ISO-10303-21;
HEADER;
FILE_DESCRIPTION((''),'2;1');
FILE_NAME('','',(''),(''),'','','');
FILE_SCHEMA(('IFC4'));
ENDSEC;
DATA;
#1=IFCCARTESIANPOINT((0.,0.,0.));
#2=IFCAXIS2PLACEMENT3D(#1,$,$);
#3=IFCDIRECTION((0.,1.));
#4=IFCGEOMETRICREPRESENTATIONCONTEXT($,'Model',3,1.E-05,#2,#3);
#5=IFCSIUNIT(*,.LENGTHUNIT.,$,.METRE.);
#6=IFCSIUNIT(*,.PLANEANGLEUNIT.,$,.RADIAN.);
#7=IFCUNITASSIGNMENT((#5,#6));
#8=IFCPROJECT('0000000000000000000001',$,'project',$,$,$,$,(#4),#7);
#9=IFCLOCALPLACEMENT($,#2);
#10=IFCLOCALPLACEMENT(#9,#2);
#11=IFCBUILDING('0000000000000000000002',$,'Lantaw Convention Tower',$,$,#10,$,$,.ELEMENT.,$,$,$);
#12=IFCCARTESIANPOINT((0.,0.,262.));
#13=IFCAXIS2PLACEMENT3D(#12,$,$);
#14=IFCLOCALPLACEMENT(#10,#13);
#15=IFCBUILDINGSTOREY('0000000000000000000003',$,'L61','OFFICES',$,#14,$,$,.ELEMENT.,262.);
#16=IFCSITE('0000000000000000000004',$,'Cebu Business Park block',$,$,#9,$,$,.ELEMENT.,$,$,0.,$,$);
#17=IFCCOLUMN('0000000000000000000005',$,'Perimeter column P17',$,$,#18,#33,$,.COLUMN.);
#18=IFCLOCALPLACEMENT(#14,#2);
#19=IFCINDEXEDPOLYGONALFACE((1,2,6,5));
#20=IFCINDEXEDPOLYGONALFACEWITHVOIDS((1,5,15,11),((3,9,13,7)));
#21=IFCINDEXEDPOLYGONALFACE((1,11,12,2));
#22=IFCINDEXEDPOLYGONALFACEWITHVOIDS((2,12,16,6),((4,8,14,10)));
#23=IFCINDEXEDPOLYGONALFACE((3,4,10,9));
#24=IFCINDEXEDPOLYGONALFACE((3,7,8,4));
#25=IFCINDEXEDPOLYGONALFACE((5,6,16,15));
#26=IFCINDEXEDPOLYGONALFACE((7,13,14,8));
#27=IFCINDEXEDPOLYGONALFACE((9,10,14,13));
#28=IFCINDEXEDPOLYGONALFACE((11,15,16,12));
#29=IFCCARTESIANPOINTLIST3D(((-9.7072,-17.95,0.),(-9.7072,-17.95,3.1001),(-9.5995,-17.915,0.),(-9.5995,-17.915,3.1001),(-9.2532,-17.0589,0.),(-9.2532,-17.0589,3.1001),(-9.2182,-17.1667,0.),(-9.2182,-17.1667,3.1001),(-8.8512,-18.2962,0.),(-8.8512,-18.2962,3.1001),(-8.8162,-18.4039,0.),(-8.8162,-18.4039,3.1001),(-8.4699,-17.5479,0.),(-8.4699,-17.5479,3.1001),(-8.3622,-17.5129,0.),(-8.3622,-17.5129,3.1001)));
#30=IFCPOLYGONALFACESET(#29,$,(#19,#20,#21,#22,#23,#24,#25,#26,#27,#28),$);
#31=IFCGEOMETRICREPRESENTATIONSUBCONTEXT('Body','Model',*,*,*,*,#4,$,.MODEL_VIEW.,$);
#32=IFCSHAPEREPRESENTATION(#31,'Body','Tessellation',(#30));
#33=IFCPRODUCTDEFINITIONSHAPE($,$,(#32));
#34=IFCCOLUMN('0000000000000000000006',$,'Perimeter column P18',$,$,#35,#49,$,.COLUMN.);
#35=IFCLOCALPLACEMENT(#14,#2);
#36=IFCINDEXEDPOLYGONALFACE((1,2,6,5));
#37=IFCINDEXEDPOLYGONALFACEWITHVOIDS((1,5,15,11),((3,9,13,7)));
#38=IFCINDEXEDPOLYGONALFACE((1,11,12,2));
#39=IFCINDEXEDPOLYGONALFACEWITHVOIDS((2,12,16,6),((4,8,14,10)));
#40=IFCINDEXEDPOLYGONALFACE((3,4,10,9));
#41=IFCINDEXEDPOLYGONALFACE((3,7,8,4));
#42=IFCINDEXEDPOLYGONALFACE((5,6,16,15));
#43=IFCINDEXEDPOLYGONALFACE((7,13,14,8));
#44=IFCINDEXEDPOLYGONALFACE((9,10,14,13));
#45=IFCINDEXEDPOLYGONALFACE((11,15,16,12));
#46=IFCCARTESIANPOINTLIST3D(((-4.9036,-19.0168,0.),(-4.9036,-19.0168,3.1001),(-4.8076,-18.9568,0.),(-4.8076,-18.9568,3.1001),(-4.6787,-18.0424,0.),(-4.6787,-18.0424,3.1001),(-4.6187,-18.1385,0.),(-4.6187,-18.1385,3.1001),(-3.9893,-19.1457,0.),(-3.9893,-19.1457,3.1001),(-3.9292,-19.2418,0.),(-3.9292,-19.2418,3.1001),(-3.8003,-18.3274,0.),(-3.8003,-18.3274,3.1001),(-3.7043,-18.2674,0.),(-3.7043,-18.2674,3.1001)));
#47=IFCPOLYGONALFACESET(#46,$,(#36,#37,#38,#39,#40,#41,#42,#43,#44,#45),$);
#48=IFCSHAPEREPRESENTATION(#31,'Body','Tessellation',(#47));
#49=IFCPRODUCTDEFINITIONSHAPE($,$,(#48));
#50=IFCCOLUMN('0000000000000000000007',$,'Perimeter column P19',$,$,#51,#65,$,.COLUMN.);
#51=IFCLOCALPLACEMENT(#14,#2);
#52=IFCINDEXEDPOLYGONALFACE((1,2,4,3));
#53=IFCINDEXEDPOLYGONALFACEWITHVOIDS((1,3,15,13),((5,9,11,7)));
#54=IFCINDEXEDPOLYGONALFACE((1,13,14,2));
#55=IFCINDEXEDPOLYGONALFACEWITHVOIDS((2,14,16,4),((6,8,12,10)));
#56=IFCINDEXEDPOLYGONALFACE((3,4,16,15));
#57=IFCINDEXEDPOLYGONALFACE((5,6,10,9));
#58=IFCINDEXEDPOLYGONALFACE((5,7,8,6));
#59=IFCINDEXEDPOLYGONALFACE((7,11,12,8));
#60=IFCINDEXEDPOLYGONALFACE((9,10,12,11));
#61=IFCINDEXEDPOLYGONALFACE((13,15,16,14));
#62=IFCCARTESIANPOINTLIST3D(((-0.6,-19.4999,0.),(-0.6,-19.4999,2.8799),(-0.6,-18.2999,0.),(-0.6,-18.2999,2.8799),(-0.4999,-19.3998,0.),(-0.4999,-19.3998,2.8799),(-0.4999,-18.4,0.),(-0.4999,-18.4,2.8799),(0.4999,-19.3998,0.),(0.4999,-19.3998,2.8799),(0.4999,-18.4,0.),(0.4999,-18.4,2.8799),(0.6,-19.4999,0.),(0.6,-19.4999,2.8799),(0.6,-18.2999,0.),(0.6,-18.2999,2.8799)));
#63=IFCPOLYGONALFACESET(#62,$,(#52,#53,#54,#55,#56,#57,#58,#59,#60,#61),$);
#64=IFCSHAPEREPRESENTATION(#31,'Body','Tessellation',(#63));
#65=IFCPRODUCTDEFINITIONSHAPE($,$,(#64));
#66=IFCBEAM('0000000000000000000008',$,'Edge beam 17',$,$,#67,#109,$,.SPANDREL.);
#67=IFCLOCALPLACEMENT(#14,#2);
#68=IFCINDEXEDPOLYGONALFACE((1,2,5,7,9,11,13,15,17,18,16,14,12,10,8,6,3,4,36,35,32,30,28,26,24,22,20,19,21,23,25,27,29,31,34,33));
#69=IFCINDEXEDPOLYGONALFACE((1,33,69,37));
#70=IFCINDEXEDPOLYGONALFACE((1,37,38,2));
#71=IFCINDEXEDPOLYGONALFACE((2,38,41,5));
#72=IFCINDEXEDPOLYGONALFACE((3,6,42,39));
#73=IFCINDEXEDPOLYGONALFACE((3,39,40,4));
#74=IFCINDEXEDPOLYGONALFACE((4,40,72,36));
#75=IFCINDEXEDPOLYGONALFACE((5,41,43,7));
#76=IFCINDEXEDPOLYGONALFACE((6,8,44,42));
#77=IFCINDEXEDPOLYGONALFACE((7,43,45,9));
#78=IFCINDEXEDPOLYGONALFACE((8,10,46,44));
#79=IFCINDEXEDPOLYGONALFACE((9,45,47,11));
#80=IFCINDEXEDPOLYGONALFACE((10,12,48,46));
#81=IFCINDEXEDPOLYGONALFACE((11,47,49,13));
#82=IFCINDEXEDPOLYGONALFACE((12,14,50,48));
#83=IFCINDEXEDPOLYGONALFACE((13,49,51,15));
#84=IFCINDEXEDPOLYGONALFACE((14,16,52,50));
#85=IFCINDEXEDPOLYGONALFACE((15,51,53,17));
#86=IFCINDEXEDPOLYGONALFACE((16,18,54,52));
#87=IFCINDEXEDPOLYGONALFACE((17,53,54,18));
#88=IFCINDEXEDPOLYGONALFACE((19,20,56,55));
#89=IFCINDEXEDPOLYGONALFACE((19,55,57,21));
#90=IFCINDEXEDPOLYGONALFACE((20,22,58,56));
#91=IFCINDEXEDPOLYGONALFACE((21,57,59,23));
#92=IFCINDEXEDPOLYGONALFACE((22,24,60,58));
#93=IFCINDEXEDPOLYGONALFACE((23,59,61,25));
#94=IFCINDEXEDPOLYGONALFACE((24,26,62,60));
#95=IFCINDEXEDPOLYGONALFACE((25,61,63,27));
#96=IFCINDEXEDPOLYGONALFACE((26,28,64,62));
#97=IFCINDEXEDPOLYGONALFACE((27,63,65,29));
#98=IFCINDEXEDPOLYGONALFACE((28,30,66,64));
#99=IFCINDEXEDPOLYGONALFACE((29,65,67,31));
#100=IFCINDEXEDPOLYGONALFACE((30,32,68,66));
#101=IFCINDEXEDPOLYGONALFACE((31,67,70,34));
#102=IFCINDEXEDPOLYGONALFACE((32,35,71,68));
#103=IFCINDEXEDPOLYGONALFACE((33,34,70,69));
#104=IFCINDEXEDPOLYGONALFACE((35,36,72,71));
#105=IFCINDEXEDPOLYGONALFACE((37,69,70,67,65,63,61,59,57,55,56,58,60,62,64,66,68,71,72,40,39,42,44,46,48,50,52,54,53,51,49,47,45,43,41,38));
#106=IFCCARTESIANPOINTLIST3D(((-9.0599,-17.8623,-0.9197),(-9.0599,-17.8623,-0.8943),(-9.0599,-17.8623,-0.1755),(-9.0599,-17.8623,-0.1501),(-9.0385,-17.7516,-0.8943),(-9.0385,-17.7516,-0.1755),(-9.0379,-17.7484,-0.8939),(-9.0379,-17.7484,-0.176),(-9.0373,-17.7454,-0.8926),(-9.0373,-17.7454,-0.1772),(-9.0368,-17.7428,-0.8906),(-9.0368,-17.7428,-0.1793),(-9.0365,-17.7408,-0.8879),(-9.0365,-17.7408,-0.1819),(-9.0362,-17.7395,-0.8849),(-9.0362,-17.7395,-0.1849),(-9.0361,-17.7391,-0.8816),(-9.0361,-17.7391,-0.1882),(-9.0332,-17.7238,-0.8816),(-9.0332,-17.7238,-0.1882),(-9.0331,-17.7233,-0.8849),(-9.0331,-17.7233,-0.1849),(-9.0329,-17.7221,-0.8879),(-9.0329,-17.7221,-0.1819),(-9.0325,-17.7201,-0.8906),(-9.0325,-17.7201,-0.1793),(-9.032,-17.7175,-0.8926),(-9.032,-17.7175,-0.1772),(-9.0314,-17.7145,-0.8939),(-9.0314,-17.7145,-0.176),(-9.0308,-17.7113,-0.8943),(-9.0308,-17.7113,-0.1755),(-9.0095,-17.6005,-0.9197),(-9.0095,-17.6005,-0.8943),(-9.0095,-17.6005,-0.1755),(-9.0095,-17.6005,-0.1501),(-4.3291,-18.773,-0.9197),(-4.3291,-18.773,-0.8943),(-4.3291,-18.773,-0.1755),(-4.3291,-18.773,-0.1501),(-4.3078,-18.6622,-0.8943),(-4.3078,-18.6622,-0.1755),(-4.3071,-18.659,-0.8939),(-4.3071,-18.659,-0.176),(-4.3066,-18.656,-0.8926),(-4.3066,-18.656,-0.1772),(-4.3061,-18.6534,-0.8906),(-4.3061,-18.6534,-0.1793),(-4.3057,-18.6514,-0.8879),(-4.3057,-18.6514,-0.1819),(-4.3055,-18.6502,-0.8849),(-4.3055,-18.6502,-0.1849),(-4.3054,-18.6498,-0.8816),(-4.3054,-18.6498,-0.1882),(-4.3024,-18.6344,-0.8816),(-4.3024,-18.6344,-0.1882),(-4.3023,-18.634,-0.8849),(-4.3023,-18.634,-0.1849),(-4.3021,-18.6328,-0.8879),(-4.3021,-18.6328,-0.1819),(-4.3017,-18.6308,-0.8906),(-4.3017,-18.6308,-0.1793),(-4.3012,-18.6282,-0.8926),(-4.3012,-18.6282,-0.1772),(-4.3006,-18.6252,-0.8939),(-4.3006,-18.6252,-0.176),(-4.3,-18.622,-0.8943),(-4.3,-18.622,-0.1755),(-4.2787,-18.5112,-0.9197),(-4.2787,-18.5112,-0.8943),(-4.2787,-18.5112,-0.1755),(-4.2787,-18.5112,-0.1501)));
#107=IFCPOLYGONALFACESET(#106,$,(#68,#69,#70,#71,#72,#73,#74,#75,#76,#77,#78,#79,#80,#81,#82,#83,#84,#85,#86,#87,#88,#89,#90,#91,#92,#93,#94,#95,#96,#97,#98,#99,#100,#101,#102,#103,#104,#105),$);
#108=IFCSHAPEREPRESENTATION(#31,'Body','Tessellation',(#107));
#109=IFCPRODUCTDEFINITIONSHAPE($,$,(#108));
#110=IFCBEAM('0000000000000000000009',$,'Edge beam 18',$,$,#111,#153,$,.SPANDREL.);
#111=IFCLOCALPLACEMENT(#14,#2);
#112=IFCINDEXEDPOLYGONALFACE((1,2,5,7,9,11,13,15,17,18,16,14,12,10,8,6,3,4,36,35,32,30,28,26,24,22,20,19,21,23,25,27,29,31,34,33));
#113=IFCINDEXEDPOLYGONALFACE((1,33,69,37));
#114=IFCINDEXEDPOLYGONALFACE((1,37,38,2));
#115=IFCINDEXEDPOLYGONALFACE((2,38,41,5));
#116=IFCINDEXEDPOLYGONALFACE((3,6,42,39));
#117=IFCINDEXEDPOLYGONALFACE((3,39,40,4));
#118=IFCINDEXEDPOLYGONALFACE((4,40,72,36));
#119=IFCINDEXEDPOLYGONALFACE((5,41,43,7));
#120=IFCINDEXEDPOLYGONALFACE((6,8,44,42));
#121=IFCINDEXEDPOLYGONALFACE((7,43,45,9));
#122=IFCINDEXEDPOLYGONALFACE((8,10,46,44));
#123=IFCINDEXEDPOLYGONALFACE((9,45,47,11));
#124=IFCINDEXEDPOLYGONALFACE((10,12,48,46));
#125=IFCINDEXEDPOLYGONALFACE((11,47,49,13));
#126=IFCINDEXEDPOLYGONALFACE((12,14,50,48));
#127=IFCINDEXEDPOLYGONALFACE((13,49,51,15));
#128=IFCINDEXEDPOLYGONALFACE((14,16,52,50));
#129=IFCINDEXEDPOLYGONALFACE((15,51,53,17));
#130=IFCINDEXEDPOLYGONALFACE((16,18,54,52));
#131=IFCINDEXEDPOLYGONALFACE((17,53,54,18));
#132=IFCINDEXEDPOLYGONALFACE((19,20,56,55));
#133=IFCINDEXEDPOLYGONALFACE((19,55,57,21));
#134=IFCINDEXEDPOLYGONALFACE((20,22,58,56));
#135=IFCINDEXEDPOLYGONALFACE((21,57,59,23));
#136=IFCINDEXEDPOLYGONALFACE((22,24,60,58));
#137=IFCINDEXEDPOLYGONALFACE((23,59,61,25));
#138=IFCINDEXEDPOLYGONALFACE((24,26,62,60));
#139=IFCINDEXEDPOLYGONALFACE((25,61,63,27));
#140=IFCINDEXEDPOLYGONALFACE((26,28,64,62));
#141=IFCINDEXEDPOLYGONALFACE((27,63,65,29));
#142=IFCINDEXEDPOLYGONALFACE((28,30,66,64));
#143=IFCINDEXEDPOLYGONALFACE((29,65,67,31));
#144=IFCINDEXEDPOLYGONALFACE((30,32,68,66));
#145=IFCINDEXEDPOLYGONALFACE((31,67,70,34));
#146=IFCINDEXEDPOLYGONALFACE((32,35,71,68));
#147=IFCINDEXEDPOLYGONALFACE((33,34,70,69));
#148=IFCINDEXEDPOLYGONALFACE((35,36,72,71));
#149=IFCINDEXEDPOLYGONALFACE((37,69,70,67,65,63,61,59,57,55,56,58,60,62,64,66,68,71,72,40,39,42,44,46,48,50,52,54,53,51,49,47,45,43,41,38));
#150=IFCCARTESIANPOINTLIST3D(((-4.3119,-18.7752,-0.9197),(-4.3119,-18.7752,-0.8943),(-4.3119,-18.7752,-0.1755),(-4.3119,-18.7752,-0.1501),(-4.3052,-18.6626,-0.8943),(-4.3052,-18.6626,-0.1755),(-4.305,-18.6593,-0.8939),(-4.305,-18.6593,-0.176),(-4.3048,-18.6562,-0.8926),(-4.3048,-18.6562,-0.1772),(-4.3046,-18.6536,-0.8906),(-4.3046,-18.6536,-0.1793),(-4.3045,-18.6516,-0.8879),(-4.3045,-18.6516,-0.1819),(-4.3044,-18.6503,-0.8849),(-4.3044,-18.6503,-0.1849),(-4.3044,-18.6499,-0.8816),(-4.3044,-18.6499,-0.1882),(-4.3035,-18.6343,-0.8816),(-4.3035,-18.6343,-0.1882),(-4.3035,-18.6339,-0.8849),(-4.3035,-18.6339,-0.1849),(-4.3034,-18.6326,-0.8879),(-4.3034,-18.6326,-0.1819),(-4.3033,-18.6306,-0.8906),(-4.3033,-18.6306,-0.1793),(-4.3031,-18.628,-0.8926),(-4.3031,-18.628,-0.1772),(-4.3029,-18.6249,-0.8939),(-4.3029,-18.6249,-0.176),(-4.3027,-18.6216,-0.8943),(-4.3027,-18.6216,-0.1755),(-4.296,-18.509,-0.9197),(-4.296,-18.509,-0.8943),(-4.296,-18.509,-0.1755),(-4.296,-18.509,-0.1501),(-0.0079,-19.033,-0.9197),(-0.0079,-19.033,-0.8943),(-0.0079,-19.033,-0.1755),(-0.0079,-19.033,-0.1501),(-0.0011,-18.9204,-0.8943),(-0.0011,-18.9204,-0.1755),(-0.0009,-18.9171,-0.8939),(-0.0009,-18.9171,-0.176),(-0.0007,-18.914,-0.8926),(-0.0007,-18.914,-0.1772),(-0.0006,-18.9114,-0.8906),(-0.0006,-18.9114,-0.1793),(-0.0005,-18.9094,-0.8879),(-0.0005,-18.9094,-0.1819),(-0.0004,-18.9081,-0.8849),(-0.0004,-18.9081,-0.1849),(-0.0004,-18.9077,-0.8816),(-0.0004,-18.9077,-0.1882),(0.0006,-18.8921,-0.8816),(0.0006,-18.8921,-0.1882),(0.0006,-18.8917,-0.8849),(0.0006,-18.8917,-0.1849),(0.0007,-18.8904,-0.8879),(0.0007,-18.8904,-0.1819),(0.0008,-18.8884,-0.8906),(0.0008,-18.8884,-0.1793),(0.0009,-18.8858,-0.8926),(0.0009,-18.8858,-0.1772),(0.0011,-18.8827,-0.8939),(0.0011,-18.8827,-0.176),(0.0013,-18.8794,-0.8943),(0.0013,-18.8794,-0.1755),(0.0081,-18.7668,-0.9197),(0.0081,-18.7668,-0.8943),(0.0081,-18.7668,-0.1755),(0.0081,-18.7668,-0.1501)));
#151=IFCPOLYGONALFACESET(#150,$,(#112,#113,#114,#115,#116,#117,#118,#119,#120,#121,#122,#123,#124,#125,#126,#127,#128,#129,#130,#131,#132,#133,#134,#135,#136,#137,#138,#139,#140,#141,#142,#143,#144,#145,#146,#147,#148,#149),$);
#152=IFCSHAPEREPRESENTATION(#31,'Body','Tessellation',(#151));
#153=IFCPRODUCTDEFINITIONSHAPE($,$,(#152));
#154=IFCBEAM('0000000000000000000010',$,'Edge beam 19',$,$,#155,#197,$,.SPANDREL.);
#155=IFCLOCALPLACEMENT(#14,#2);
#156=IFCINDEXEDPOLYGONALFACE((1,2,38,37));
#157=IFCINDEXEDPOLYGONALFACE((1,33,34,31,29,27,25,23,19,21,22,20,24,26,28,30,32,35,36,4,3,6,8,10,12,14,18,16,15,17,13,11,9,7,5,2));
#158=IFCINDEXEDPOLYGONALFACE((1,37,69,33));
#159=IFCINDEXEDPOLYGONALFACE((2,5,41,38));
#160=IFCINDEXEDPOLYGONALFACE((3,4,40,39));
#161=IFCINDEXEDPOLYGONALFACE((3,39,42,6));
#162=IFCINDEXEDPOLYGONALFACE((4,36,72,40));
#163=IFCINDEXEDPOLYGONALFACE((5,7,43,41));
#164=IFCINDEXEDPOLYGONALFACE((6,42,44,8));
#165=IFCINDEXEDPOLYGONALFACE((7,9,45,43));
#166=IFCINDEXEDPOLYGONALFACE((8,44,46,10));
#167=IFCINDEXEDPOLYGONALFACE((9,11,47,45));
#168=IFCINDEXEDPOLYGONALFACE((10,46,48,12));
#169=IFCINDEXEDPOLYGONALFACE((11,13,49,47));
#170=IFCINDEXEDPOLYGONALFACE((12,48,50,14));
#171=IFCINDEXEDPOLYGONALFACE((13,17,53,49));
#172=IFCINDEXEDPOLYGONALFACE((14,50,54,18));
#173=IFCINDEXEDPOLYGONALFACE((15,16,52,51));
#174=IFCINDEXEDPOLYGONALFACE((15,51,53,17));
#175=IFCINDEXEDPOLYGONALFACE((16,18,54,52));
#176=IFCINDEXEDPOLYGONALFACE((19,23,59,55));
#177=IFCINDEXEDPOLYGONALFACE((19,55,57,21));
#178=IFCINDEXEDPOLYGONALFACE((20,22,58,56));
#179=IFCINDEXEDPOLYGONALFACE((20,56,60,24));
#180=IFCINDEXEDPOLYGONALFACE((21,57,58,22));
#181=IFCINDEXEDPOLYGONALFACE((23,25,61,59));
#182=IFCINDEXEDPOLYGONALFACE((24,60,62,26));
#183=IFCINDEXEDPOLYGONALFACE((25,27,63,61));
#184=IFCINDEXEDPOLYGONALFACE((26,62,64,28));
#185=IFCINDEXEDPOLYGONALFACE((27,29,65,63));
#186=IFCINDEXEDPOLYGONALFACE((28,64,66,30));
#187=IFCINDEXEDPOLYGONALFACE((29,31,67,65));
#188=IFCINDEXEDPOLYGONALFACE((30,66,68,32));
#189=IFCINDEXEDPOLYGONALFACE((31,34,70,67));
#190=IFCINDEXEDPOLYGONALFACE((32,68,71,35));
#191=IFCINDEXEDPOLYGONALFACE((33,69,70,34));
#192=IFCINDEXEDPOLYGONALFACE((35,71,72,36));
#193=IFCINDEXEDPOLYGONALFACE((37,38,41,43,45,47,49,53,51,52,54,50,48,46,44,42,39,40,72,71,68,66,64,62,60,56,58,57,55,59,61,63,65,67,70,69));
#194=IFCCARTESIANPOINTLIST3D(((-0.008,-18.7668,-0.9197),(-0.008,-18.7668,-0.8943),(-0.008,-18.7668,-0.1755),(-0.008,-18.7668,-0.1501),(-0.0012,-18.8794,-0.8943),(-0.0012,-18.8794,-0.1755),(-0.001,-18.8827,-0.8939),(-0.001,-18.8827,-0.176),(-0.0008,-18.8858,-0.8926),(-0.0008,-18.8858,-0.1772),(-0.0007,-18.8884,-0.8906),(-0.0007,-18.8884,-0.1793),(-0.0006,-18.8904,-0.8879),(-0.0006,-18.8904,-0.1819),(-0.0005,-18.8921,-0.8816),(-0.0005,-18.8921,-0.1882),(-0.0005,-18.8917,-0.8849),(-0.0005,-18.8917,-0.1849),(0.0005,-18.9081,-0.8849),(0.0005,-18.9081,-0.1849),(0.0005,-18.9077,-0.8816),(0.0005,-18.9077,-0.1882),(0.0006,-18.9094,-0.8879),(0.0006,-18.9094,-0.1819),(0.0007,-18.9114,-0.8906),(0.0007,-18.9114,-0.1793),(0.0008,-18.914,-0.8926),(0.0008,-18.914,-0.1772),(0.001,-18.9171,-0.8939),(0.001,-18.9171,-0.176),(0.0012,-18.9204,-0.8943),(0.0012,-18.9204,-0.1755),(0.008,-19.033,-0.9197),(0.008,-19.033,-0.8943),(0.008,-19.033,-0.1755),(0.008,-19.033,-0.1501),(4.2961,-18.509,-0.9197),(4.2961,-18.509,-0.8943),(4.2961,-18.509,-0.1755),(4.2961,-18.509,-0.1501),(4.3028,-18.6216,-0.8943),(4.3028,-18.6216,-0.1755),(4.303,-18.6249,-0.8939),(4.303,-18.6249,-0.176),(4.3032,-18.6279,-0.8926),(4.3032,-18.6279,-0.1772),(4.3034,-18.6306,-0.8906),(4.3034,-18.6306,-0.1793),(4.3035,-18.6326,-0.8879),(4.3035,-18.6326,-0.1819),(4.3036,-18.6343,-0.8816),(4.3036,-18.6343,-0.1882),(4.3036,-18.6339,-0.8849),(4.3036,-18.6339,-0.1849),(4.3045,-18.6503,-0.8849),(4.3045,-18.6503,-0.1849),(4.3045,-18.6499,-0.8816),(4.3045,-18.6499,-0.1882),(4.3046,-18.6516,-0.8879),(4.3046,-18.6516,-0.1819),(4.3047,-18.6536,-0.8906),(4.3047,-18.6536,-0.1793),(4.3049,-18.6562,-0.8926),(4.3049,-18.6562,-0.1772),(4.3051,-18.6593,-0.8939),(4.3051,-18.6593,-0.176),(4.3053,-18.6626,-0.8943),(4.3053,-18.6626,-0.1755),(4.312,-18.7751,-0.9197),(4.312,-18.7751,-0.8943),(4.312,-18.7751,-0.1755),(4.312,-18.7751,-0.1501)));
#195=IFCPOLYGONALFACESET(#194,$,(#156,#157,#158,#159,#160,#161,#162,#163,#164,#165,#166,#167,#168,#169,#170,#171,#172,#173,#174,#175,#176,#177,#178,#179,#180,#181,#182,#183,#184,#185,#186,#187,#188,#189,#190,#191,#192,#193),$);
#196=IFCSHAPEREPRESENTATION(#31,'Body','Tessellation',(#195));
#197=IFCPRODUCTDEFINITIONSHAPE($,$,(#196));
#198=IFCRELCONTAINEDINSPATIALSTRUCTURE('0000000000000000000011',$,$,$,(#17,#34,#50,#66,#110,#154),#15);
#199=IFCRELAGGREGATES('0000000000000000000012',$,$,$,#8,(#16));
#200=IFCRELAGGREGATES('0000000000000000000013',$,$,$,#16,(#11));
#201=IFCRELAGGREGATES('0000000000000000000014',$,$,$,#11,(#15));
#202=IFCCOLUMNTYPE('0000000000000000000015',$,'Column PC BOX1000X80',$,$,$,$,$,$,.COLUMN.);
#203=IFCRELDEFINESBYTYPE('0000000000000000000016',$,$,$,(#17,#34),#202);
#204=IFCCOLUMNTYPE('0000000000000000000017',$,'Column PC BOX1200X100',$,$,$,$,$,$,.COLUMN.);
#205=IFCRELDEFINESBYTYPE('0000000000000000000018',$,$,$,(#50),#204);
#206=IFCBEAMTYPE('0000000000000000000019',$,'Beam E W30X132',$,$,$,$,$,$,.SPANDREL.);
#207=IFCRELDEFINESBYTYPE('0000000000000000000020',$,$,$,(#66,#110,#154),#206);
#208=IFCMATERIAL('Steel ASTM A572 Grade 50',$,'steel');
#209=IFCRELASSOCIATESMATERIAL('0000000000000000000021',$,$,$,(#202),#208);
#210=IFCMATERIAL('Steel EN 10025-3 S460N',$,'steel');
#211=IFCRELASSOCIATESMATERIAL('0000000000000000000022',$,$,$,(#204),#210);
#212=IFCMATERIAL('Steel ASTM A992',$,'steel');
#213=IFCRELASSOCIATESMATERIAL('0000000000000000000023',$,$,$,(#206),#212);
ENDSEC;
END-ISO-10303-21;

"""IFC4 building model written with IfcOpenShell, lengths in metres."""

from ifc_helpers import new_model, si_unit, direction, frame, origin, origin_2d, place, context, subcontext, project, spatial, rectangle, hollow_rectangle, i_section, extrude, material, material_profile, profile_set, type_object, element, save


model = new_model("IFC4")

# Units and contexts
model_context = context("Model", 3, precision=1e-05, world=origin(), true_north=direction((0.0, 1.0)))
body_context = subcontext(model_context, "Body", "Model", "MODEL_VIEW")
ifc_project = project(units=[si_unit("LENGTHUNIT", "METRE"), si_unit("PLANEANGLEUNIT", "RADIAN")], contexts=[model_context])

# Site, building, storey
site_placement = place(None, origin())
site = spatial("IfcSite", under=ifc_project, at=site_placement, Name="Cebu Business Park block", CompositionType="ELEMENT", RefElevation=0.0)
building_placement = place(site_placement, origin())
building = spatial("IfcBuilding", under=site, at=building_placement, Name="Lantaw Convention Tower", CompositionType="ELEMENT")
storey_placement = place(building_placement, frame((0.0, 0.0, 262.0)))
storey = spatial("IfcBuildingStorey", under=building, at=storey_placement, Name="L61", Description="OFFICES", CompositionType="ELEMENT", Elevation=262.0)

# Columns
ifc_material_1 = material(Name="Steel ASTM A572 Grade 50", Category="steel")
ifc_material_profile_1 = material_profile(ifc_material_1, hollow_rectangle(XDim=1.0, YDim=1.0, WallThickness=0.0801, at=origin_2d()), Name="BOX1000X80")
ifc_material_2 = material(Name="Concrete C60/75", Category="concrete")
ifc_material_profile_2 = material_profile(ifc_material_2, rectangle(XDim=0.8401, YDim=0.8401, at=origin_2d()), Name="Concrete fill of BOX1000X80")
ifc_profile_set_1 = profile_set([ifc_material_profile_1, ifc_material_profile_2], Name="Steel ASTM A572 Grade 50")
column_type_1 = type_object("IfcColumnType", Name="Column PC BOX1000X80", PredefinedType="COLUMN", material=ifc_profile_set_1)
for number, where, z_axis, x_axis, name in (
    (1, (-9.0347, -17.7314, 0.0), (0.0, 0.0, 1.0), (0.45399, 0.891007, 0.0), "Perimeter column P17"),
    (2, (-4.304, -18.6421, 0.0), (0.0, 0.0, 1.0), (0.224951, 0.97437, 0.0), "Perimeter column P18"),
):
    element("IfcColumn", number, at=place(storey_placement, frame(where, z_axis=z_axis, x_axis=x_axis)), inside=storey, type_object=column_type_1, Name=name, PredefinedType="COLUMN", context=body_context, shape_type="SweptSolid", body=[
        extrude(hollow_rectangle(XDim=1.0, YDim=1.0, WallThickness=0.0801, at=origin_2d()), origin(), (0.0, 0.0, 1.0), 3.1001),
    ])
ifc_material_3 = material(Name="Steel EN 10025-3 S460N", Category="steel")
ifc_material_profile_3 = material_profile(ifc_material_3, hollow_rectangle(XDim=1.2, YDim=1.2, WallThickness=0.1001, at=origin_2d()), Name="BOX1200X100")
ifc_material_profile_4 = material_profile(ifc_material_2, rectangle(XDim=1.0, YDim=1.0, at=origin_2d()), Name="Concrete fill of BOX1200X100")
ifc_profile_set_2 = profile_set([ifc_material_profile_3, ifc_material_profile_4], Name="Steel EN 10025-3 S460N")
column_type_2 = type_object("IfcColumnType", Name="Column PC BOX1200X100", PredefinedType="COLUMN", material=ifc_profile_set_2)
column_placement = place(storey_placement, frame((0.0, -18.8999, 0.0), z_axis=(0.0, 0.0, 1.0), x_axis=(1.0, 0.0, 0.0)))
element("IfcColumn", 3, at=column_placement, inside=storey, type_object=column_type_2, Name="Perimeter column P19", PredefinedType="COLUMN", context=body_context, shape_type="SweptSolid", body=[
    extrude(hollow_rectangle(XDim=1.2, YDim=1.2, WallThickness=0.1001, at=origin_2d()), origin(), (0.0, 0.0, 1.0), 2.8799),
])

# Beams
ifc_material_4 = material(Name="Steel ASTM A992", Category="steel")
ifc_material_profile_5 = material_profile(ifc_material_4, i_section(OverallWidth=0.2666, OverallDepth=0.7695, WebThickness=0.0156, FlangeThickness=0.0254, FilletRadius=0.0127, at=origin_2d()), Name="W30X132")
ifc_profile_set_3 = profile_set([ifc_material_profile_5], Name="Steel ASTM A992")
beam_type_1 = type_object("IfcBeamType", Name="Beam E W30X132", PredefinedType="SPANDREL", material=ifc_profile_set_3)
beam_1_placement = place(storey_placement, frame((-9.0347, -17.7314, -0.5349), z_axis=(0.981972, -0.189026, 0.0), x_axis=(0.189026, 0.981972, 0.0)))
element("IfcBeam", 4, at=beam_1_placement, inside=storey, type_object=beam_type_1, Name="Edge beam 17", PredefinedType="SPANDREL", context=body_context, shape_type="SweptSolid", body=[
    extrude(i_section(OverallWidth=0.2666, OverallDepth=0.7695, WebThickness=0.0156, FlangeThickness=0.0254, FilletRadius=0.0127, at=origin_2d()), origin(), (0.0, 0.0, 1.0), 4.8176),
])
for number, where, z_axis, x_axis, name in (
    (5, (-4.304, -18.6421, -0.5349), (0.998211, -0.059794, 0.0), (0.059794, 0.998211, 0.0), "Edge beam 18"),
    (6, (0.0, -18.8999, -0.5349), (0.998211, 0.059794, 0.0), (-0.059794, 0.998211, 0.0), "Edge beam 19"),
):
    element("IfcBeam", number, at=place(storey_placement, frame(where, z_axis=z_axis, x_axis=x_axis)), inside=storey, type_object=beam_type_1, Name=name, PredefinedType="SPANDREL", context=body_context, shape_type="SweptSolid", body=[
        extrude(i_section(OverallWidth=0.2666, OverallDepth=0.7695, WebThickness=0.0156, FlangeThickness=0.0254, FilletRadius=0.0127, at=origin_2d()), origin(), (0.0, 0.0, 1.0), 4.3118),
    ])

save(model, "model.ifc")
